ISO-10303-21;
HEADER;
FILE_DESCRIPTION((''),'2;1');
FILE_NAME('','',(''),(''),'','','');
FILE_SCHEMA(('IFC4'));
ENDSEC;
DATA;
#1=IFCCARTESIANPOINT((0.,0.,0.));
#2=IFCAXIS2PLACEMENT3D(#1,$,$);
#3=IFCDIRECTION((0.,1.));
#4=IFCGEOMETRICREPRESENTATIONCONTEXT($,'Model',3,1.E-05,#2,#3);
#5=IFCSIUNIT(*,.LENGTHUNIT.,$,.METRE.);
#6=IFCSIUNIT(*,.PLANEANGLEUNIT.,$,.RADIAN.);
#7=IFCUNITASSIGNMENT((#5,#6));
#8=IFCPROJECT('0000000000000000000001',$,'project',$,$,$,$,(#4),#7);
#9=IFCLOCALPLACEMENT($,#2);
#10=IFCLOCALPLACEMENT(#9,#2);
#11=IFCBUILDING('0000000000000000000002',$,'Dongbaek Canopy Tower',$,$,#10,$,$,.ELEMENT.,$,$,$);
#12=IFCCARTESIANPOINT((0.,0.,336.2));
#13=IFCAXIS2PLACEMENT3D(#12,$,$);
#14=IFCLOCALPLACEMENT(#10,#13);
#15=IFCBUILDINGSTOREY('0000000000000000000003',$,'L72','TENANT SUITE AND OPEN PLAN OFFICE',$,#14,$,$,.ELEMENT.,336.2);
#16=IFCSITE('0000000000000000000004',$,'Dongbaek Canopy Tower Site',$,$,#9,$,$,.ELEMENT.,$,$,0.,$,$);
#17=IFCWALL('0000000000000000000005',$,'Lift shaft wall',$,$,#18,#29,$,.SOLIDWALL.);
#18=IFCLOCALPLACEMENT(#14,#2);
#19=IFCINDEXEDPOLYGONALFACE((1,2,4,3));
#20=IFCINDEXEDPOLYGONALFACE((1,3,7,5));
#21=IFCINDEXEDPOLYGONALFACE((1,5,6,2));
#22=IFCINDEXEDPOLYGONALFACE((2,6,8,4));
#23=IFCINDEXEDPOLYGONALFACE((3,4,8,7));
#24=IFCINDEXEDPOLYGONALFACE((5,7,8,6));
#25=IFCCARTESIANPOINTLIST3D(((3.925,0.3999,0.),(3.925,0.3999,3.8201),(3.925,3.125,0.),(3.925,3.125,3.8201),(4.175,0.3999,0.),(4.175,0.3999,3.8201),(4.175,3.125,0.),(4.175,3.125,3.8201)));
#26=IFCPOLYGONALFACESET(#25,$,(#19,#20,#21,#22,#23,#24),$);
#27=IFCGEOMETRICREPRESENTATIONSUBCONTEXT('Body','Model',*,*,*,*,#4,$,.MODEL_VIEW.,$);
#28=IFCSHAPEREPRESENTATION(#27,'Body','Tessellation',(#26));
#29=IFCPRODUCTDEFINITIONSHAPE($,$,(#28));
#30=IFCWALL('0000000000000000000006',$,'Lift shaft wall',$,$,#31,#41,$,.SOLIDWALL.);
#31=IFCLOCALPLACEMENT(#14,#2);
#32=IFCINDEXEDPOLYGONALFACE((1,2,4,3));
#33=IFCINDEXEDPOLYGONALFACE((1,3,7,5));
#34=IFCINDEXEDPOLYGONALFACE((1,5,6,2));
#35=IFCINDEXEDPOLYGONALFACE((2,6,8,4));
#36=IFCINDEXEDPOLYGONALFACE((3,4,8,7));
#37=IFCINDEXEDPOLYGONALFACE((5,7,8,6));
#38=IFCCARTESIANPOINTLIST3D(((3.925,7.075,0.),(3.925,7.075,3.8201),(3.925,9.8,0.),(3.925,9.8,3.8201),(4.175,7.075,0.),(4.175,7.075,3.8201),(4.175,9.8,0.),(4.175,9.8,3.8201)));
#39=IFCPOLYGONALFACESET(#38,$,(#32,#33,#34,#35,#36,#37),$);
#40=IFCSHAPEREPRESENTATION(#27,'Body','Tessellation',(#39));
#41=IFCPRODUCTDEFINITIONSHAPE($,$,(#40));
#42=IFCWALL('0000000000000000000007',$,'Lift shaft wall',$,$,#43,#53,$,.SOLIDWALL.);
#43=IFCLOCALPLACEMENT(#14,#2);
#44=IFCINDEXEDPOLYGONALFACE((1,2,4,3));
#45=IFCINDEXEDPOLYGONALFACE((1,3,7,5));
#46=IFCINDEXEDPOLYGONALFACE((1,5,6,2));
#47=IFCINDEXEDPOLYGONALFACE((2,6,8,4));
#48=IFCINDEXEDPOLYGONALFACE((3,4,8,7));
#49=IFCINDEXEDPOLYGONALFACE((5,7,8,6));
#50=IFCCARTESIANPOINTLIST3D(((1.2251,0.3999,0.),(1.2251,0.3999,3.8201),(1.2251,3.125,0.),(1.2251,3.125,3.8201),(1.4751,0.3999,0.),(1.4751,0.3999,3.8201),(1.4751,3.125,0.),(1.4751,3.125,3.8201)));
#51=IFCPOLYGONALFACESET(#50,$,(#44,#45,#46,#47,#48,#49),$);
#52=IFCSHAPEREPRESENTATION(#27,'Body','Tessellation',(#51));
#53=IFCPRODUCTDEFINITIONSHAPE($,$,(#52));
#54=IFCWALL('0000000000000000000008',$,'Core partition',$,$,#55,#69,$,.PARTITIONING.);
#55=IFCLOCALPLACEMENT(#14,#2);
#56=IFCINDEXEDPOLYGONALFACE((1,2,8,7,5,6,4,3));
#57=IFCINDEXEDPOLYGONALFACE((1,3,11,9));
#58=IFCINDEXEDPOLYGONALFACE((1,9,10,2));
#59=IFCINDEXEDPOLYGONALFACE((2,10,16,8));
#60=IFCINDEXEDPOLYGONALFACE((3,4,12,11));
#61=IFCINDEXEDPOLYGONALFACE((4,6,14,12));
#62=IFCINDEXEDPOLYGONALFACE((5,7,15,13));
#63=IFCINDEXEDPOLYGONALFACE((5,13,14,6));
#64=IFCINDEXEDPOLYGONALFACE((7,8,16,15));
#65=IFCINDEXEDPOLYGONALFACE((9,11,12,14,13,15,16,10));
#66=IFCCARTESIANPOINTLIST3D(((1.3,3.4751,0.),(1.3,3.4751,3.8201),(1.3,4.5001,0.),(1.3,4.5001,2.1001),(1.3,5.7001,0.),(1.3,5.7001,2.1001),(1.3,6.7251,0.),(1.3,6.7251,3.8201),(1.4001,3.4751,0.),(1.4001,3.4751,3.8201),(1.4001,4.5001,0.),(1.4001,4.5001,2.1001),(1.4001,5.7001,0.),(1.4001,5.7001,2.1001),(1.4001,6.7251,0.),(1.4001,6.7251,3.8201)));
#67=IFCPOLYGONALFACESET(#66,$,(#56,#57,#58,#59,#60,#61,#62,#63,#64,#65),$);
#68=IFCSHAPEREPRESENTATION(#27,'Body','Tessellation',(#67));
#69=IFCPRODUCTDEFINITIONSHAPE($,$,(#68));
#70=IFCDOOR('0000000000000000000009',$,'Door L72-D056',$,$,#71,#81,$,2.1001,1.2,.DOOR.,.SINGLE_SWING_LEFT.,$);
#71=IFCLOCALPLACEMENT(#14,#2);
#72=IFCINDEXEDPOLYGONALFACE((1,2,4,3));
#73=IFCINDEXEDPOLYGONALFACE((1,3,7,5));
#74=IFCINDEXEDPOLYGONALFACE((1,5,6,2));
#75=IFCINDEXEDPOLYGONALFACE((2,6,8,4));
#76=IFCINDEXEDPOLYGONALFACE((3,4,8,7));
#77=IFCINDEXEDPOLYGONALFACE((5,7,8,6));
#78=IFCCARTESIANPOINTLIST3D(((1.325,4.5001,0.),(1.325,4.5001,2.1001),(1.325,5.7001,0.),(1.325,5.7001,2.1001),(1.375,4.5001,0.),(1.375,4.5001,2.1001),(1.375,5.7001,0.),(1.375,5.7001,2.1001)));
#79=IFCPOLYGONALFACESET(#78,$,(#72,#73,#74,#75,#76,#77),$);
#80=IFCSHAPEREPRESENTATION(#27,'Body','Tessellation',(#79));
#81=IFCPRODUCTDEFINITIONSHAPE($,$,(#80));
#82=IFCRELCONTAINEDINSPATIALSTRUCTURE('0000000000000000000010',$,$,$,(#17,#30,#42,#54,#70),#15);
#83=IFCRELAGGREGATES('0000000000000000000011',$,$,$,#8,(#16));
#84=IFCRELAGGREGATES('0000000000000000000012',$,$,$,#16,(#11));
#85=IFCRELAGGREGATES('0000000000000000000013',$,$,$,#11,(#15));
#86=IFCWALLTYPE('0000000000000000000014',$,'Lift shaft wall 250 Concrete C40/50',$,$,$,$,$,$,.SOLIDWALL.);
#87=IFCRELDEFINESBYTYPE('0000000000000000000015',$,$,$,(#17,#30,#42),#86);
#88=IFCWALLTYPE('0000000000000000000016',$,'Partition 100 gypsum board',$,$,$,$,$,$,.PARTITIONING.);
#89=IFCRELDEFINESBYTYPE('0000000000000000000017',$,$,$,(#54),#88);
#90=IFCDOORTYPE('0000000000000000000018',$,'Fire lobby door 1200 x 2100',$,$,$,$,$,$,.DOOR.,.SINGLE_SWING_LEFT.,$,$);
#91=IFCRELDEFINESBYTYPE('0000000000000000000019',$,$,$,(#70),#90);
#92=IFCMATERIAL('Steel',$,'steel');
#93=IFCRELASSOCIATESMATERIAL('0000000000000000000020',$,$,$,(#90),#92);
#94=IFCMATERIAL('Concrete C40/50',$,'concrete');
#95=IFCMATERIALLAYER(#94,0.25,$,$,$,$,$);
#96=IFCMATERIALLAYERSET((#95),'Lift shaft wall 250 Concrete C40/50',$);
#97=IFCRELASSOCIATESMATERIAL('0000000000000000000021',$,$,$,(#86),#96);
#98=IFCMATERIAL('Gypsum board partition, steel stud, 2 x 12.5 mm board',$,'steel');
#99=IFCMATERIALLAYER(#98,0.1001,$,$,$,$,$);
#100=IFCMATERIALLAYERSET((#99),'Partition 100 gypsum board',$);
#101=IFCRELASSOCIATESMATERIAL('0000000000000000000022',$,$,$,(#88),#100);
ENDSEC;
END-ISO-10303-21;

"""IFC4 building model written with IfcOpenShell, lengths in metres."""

from ifc_helpers import new_model, si_unit, direction, frame, frame_2d, origin, place, context, subcontext, project, spatial, rectangle, extrude, material, layer, layer_set, type_object, element, fill, save


model = new_model("IFC4")

# Units and contexts
model_context = context("Model", 3, precision=1e-05, world=origin(), true_north=direction((0.0, 1.0)))
body_context = subcontext(model_context, "Body", "Model", "MODEL_VIEW")
ifc_project = project(units=[si_unit("LENGTHUNIT", "METRE"), si_unit("PLANEANGLEUNIT", "RADIAN")], contexts=[model_context])

# Site, building, storey
site_placement = place(None, origin())
site = spatial("IfcSite", under=ifc_project, at=site_placement, Name="Dongbaek Canopy Tower Site", CompositionType="ELEMENT", RefElevation=0.0)
building_placement = place(site_placement, origin())
building = spatial("IfcBuilding", under=site, at=building_placement, Name="Dongbaek Canopy Tower", CompositionType="ELEMENT")
storey_placement = place(building_placement, frame((0.0, 0.0, 336.2)))
storey = spatial("IfcBuildingStorey", under=building, at=storey_placement, Name="L72", Description="TENANT SUITE AND OPEN PLAN OFFICE", CompositionType="ELEMENT", Elevation=336.2)

# Shared definitions
ifc_material_1 = material(Name="Steel", Category="steel")
door_type = type_object("IfcDoorType", Name="Fire lobby door 1200 x 2100", OperationType="SINGLE_SWING_LEFT", PredefinedType="DOOR", material=ifc_material_1)

# Walls
ifc_material_2 = material(Name="Concrete C40/50", Category="concrete")
ifc_layer_1 = layer(ifc_material_2, 0.25)
ifc_layer_set_1 = layer_set([ifc_layer_1], Name="Lift shaft wall 250 Concrete C40/50")
wall_type_1 = type_object("IfcWallType", Name="Lift shaft wall 250 Concrete C40/50", PredefinedType="SOLIDWALL", material=ifc_layer_set_1)
for number, where, z_axis, x_axis, name in (
    (1, (4.05, 0.3999, 0.0), (0.0, 0.0, 1.0), (0.0, 1.0, 0.0), "Lift shaft wall"),
    (2, (4.05, 7.075, 0.0), (0.0, 0.0, 1.0), (0.0, 1.0, 0.0), "Lift shaft wall"),
    (3, (1.3501, 0.3999, 0.0), (0.0, 0.0, 1.0), (0.0, 1.0, 0.0), "Lift shaft wall"),
):
    element("IfcWall", number, at=place(storey_placement, frame(where, z_axis=z_axis, x_axis=x_axis)), inside=storey, type_object=wall_type_1, Name=name, PredefinedType="SOLIDWALL", context=body_context, shape_type="SweptSolid", body=[
        extrude(rectangle(XDim=2.7251, YDim=0.25, at=frame_2d((1.3625, 0.0))), origin(), (0.0, 0.0, 1.0), 3.8201),
    ])

# Wall, opening, door
ifc_material_3 = material(Name="Gypsum board partition, steel stud, 2 x 12.5 mm board", Category="steel")
ifc_layer_2 = layer(ifc_material_3, 0.1001)
ifc_layer_set_2 = layer_set([ifc_layer_2], Name="Partition 100 gypsum board")
wall_type_2 = type_object("IfcWallType", Name="Partition 100 gypsum board", PredefinedType="PARTITIONING", material=ifc_layer_set_2)
wall_1_placement = place(storey_placement, frame((1.3501, 6.7251, 0.0), z_axis=(0.0, 0.0, 1.0), x_axis=(0.0, -1.0, 0.0)))
wall_1 = element("IfcWall", 4, at=wall_1_placement, inside=storey, type_object=wall_type_2, Name="Core partition", PredefinedType="PARTITIONING", context=body_context, shape_type="SweptSolid", body=[
    extrude(rectangle(XDim=3.25, YDim=0.1001, at=frame_2d((1.625, 0.0))), origin(), (0.0, 0.0, 1.0), 3.8201),
])
opening_1_placement = place(wall_1_placement, frame((1.0249, 0.0, 0.0)))
opening_1 = element("IfcOpeningElement", 5, at=opening_1_placement, cuts=wall_1, PredefinedType="OPENING", context=body_context, shape_type="SweptSolid", body=[
    extrude(rectangle(XDim=1.2, YDim=2.1001, at=frame_2d((0.6001, 1.05))), frame((0.0, 0.0601, 0.0), z_axis=(0.0, -1.0, 0.0), x_axis=(1.0, 0.0, 0.0)), (0.0, 0.0, 1.0), 0.1201),
])
door_1_placement = place(opening_1_placement, origin())
door_1 = element("IfcDoor", 6, at=door_1_placement, inside=storey, type_object=door_type, Name="Door L72-D056", OperationType="SINGLE_SWING_LEFT", OverallHeight=2.1001, OverallWidth=1.2, PredefinedType="DOOR", context=body_context, shape_type="SweptSolid", body=[
    extrude(rectangle(XDim=1.2, YDim=2.1001, at=frame_2d((0.6001, 1.05))), frame((0.0, 0.0249, 0.0), z_axis=(0.0, -1.0, 0.0), x_axis=(1.0, 0.0, 0.0)), (0.0, 0.0, 1.0), 0.05),
])
fill(opening_1, door_1)

save(model, "model.ifc")
